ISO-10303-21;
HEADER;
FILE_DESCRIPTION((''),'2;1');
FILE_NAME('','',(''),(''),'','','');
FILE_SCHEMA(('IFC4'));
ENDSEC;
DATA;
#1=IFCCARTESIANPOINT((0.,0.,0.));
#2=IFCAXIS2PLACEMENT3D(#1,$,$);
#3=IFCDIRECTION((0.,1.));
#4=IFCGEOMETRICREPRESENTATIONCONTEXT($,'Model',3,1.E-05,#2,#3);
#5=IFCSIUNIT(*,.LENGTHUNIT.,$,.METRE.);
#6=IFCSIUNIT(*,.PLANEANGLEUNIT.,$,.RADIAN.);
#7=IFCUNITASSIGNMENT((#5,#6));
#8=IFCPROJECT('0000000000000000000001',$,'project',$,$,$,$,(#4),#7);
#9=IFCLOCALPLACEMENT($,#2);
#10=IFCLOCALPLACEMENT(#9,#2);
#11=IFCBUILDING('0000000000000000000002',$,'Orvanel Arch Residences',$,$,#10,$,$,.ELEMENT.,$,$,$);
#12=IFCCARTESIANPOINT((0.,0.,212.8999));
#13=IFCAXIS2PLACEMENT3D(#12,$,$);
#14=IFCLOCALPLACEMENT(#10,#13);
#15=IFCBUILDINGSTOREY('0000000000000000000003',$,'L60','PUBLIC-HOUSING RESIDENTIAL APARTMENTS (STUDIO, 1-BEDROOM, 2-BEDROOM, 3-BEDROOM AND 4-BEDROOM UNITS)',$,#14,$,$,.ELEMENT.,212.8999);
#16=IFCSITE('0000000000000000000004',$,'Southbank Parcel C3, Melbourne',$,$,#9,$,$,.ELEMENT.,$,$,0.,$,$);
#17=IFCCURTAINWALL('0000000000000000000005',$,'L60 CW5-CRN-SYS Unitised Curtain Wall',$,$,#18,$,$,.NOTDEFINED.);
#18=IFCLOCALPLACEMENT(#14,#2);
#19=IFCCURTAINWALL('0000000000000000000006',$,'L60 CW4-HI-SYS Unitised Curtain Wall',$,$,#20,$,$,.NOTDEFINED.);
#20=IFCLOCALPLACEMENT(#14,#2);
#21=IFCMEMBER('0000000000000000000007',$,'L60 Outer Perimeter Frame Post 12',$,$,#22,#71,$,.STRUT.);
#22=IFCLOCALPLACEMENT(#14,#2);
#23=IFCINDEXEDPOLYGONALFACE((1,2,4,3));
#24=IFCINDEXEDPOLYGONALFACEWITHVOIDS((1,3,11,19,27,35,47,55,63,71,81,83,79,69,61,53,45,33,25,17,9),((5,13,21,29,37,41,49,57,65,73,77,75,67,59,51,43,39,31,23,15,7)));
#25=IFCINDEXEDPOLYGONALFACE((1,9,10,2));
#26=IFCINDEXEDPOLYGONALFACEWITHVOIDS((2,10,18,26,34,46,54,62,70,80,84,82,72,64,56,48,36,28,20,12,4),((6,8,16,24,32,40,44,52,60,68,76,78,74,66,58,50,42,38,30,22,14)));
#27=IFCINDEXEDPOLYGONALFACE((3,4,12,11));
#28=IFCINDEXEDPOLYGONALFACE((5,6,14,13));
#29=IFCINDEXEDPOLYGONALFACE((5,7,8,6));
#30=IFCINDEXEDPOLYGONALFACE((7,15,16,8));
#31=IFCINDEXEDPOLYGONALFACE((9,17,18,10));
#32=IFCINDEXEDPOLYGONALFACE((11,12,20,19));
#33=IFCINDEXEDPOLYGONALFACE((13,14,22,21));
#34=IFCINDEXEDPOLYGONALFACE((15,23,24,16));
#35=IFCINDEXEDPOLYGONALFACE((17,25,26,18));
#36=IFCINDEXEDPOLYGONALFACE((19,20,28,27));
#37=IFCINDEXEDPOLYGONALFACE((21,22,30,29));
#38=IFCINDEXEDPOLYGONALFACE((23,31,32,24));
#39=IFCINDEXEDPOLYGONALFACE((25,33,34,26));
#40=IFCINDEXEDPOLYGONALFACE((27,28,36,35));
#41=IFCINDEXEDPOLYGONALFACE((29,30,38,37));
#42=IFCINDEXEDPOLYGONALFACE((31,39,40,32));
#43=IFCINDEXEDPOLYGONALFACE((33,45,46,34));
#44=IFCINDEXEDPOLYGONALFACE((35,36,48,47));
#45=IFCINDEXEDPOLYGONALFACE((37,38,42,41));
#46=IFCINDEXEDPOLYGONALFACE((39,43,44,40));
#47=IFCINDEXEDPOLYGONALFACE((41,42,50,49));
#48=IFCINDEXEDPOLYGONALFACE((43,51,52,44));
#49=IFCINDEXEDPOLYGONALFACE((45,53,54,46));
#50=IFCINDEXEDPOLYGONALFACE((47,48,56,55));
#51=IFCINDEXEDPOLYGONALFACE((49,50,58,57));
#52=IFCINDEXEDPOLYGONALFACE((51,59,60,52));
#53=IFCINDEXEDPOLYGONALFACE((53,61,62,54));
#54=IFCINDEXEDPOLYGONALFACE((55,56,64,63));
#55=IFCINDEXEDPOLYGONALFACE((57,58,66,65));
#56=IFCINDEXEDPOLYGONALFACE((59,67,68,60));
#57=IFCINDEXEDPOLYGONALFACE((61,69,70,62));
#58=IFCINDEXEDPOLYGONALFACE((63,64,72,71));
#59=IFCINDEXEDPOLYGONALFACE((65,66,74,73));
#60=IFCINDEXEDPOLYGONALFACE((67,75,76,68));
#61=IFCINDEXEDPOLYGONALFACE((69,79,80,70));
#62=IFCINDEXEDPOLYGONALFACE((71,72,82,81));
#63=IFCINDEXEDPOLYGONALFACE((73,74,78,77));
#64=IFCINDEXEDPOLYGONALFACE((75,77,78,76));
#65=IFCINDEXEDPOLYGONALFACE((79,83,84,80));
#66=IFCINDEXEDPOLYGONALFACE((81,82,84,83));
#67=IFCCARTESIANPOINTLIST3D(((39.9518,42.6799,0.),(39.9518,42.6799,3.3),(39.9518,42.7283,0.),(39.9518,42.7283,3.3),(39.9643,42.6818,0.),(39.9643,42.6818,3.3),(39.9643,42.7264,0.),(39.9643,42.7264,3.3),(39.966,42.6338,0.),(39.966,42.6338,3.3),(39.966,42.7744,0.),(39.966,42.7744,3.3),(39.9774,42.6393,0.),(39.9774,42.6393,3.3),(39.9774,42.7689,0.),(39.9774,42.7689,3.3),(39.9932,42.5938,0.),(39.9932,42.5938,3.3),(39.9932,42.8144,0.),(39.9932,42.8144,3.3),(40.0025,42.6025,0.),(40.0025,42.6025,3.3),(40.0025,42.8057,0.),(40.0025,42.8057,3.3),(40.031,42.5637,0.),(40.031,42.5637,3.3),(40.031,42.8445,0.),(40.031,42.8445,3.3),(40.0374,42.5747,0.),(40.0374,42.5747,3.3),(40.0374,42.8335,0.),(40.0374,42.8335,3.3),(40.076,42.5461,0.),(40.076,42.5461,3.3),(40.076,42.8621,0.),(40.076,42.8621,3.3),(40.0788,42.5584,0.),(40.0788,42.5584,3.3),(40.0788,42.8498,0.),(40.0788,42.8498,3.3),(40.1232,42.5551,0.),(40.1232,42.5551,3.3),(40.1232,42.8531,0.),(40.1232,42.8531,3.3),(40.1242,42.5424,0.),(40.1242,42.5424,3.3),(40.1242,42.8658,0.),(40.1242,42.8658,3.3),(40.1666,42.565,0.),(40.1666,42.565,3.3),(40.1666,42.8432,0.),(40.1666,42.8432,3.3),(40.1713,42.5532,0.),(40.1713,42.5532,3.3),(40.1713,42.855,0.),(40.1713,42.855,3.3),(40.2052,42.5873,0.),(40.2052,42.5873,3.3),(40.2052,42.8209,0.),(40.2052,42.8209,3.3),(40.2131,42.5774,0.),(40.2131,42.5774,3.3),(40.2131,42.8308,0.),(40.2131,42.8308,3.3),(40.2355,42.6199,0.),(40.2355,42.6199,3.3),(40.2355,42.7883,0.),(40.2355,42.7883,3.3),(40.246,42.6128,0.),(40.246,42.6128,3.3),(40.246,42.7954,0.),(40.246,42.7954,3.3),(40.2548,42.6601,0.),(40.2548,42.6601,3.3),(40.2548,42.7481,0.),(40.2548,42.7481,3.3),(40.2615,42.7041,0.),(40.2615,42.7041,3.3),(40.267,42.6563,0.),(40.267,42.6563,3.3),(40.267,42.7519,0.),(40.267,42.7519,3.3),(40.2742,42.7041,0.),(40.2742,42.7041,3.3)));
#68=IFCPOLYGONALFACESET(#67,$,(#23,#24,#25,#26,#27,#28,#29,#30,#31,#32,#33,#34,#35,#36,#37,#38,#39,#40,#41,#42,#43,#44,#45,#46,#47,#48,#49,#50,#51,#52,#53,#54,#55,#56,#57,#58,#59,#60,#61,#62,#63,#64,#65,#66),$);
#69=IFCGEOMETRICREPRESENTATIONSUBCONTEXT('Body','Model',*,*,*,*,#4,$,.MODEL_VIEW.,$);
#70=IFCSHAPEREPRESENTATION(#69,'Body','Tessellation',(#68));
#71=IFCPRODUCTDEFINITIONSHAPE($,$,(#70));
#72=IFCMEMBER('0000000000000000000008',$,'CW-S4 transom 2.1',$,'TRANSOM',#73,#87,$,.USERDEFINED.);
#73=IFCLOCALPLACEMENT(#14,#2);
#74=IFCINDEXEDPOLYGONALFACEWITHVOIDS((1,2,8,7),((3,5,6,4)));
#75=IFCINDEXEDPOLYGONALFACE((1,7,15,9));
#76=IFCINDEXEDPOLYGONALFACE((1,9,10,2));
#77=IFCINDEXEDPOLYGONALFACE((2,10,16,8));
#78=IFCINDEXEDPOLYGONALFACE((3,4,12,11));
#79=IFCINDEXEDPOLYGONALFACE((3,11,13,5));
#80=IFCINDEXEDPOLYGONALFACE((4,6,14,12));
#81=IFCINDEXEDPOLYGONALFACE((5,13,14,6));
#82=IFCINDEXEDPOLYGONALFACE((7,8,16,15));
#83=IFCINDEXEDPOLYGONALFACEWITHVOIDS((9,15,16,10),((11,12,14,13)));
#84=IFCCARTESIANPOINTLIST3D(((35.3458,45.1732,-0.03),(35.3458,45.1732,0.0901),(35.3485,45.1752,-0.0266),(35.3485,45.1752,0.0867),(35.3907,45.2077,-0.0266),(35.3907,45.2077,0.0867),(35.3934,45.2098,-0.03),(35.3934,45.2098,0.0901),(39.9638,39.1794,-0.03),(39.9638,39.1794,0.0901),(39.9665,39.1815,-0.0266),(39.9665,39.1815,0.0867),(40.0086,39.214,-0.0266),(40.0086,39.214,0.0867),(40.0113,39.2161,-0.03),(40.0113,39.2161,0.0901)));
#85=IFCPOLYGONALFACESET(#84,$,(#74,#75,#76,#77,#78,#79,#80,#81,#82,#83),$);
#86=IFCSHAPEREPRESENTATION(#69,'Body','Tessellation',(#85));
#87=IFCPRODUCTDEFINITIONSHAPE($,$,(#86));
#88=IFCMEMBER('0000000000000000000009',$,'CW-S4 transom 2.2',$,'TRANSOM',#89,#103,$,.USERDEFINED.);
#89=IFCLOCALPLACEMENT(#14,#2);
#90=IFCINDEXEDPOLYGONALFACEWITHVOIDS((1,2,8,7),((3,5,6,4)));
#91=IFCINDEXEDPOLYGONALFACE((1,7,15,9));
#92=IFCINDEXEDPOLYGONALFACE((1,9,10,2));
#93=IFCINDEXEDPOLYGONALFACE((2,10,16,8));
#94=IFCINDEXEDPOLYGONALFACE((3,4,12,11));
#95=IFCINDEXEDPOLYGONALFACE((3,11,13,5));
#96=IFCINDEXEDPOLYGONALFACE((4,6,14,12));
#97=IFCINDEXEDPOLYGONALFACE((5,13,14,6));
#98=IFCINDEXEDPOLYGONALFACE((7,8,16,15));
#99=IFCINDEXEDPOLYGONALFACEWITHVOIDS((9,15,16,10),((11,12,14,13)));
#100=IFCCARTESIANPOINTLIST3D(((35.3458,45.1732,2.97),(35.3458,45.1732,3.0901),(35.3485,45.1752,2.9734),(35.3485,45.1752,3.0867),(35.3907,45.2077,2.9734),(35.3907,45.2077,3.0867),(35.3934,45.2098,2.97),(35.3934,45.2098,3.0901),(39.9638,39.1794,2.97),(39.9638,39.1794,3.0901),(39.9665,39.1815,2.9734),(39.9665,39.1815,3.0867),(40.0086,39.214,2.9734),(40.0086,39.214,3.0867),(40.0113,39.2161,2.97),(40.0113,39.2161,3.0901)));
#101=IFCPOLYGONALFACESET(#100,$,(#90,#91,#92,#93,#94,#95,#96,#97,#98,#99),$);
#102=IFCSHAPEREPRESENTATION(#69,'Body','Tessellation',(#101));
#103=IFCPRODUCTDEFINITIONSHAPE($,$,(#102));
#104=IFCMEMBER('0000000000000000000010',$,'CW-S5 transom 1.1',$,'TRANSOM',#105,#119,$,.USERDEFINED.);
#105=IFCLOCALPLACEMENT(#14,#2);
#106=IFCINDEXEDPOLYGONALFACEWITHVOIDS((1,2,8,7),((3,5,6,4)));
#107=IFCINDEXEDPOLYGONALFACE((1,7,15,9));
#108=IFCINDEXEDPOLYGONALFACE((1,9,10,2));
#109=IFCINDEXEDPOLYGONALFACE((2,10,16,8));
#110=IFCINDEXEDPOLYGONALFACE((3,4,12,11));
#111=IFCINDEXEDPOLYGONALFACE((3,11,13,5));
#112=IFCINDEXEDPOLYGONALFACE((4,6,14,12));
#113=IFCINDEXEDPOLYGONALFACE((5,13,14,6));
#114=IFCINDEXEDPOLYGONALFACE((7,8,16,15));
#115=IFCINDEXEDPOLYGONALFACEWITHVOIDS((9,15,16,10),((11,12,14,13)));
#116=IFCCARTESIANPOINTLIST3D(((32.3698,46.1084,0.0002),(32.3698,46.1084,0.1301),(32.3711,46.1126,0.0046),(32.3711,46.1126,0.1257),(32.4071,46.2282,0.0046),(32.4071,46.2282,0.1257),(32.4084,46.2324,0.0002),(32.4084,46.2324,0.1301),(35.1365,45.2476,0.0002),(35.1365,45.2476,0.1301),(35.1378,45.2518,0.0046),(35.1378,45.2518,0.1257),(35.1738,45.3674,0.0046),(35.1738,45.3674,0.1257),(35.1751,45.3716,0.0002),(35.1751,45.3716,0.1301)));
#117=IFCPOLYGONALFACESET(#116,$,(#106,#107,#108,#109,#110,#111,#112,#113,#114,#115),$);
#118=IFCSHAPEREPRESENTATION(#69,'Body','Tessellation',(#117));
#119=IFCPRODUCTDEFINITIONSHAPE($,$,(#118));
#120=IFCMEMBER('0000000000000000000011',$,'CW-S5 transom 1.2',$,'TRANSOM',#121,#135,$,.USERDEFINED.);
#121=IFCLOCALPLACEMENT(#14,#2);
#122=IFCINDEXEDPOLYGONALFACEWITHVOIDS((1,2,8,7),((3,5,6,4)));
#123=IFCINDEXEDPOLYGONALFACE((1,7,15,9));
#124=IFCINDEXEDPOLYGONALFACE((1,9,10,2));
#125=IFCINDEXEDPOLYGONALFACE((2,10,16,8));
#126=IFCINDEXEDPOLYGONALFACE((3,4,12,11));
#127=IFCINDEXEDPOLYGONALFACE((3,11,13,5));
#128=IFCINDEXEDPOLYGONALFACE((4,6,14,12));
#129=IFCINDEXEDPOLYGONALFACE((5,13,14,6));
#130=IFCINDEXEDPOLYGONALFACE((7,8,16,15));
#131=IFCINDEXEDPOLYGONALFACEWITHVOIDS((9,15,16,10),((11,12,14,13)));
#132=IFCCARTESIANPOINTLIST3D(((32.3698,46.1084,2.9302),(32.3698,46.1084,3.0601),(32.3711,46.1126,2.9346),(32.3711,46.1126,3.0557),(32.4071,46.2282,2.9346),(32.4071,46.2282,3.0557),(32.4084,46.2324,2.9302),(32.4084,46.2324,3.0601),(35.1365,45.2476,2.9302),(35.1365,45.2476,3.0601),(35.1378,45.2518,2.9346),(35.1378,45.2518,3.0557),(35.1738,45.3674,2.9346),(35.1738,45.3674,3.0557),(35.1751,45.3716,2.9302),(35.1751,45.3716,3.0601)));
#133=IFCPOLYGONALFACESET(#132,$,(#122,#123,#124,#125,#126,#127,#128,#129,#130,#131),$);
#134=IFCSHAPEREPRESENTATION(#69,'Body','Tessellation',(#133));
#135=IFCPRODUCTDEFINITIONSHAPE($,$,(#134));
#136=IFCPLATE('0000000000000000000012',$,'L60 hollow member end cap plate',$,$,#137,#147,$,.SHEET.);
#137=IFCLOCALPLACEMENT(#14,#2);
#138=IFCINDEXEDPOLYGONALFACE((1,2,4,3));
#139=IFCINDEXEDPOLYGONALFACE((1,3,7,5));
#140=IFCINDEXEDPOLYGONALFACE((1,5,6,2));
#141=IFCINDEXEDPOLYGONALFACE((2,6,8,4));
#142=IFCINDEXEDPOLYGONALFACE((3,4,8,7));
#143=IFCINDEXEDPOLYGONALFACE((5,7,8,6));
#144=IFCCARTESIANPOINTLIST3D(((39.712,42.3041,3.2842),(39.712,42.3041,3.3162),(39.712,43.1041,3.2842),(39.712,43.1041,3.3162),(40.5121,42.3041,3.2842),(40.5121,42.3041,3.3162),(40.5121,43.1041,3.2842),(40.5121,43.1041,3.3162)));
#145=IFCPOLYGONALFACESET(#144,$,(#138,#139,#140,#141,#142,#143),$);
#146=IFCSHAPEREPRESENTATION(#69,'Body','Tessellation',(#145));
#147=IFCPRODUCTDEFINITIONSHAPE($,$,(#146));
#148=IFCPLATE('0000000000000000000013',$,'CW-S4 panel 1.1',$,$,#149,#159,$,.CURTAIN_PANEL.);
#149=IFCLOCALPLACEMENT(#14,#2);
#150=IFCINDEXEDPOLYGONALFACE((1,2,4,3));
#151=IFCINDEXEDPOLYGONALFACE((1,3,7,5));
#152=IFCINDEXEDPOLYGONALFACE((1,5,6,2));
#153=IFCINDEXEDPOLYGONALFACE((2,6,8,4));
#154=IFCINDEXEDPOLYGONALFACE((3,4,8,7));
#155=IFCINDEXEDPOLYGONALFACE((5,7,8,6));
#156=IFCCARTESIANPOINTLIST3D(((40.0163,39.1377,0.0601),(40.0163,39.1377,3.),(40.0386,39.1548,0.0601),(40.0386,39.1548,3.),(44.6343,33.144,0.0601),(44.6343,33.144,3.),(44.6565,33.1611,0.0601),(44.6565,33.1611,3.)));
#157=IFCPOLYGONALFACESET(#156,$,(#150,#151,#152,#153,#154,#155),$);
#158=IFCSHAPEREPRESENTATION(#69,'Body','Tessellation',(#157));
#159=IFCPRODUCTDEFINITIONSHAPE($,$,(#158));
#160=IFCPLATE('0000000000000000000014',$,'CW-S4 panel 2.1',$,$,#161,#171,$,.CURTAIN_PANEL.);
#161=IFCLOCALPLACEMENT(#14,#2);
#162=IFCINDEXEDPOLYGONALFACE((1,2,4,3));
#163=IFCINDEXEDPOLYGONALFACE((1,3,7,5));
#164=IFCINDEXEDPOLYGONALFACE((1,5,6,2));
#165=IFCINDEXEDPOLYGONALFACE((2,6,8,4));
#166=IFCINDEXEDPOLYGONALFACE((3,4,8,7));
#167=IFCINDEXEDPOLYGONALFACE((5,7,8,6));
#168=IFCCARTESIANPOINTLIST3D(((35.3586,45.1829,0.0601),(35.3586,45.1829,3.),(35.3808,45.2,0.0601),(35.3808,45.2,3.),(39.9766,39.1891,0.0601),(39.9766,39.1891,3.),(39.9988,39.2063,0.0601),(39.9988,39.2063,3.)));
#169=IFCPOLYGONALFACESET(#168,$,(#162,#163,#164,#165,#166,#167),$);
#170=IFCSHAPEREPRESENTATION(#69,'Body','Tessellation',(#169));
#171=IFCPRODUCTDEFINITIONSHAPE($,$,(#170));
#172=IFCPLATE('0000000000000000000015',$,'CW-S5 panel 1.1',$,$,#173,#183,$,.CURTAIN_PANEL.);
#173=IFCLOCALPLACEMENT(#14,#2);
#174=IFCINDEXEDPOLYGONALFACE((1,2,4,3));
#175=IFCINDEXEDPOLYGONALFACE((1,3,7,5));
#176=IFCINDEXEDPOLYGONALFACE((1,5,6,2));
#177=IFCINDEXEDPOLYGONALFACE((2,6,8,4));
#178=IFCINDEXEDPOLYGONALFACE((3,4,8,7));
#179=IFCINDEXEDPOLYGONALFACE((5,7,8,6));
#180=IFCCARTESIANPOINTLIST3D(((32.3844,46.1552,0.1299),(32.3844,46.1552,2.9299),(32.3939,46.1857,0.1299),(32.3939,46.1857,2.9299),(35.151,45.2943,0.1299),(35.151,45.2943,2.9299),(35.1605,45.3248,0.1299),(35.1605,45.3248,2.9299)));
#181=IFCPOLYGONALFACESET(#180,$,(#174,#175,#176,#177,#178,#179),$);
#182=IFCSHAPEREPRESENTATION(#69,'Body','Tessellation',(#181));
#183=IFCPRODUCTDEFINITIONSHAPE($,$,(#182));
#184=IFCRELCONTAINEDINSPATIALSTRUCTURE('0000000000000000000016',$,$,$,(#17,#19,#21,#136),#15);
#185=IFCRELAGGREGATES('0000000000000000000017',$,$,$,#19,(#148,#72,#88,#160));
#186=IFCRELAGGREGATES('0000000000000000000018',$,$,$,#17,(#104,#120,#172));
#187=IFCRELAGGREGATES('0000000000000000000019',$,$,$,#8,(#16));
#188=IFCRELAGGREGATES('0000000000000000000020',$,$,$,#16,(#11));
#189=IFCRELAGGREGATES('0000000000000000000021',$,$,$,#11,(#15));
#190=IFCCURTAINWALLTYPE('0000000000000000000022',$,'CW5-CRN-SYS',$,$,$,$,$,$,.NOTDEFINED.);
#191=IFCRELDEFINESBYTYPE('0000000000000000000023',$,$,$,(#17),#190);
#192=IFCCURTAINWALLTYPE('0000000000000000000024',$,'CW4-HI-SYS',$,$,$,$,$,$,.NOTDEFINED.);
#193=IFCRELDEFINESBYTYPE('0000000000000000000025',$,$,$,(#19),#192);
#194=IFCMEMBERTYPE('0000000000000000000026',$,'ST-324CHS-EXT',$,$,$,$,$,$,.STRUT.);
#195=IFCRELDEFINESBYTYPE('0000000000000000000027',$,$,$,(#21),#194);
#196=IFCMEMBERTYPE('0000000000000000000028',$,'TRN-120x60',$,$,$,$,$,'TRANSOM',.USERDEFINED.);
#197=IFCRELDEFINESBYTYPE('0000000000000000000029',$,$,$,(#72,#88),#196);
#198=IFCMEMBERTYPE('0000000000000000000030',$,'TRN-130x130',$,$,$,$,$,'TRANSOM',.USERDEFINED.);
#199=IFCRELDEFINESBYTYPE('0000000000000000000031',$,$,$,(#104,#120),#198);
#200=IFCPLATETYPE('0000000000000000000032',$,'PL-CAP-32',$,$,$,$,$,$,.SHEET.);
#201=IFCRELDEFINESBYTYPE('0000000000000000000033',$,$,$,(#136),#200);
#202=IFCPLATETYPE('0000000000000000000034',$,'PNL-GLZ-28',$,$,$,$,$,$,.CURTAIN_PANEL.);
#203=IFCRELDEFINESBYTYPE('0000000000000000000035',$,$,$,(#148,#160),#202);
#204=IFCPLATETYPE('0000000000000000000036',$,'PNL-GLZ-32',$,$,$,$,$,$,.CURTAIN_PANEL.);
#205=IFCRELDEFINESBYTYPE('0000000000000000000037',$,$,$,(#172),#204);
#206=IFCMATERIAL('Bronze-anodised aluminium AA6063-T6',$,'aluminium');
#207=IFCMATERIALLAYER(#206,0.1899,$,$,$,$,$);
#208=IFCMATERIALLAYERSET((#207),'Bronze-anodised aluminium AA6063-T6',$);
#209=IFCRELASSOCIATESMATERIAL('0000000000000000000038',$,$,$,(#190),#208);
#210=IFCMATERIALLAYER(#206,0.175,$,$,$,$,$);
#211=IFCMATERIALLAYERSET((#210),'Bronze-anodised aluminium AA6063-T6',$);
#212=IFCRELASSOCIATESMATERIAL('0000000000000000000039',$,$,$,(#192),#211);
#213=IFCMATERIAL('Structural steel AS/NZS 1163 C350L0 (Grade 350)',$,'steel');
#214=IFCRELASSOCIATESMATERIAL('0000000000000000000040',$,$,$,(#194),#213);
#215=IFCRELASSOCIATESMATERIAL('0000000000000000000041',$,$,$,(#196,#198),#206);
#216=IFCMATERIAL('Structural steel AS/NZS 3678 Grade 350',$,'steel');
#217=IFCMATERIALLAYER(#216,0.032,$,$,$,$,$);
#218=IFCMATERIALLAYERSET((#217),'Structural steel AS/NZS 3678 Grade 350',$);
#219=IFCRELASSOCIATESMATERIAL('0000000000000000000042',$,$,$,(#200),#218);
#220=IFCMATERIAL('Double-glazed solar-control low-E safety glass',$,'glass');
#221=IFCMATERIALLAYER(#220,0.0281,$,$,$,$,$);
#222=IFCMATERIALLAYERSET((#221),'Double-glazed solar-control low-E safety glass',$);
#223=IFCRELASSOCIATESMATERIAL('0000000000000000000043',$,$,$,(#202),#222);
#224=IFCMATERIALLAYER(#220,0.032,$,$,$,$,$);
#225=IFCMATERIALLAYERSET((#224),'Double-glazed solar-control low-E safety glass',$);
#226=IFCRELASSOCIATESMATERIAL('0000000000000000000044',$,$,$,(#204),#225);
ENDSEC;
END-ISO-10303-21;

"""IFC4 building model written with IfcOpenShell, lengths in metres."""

from ifc_helpers import new_model, si_unit, direction, frame, origin, origin_2d, place, context, subcontext, project, spatial, rectangle, hollow_rectangle, hollow_circle, extrude, material, layer, layer_set, material_profile, profile_set, type_object, element, aggregate, save


model = new_model("IFC4")

# Units and contexts
model_context = context("Model", 3, precision=1e-05, world=origin(), true_north=direction((0.0, 1.0)))
body_context = subcontext(model_context, "Body", "Model", "MODEL_VIEW")
ifc_project = project(units=[si_unit("LENGTHUNIT", "METRE"), si_unit("PLANEANGLEUNIT", "RADIAN")], contexts=[model_context])

# Site, building, storey
site_placement = place(None, origin())
site = spatial("IfcSite", under=ifc_project, at=site_placement, Name="Southbank Parcel C3, Melbourne", CompositionType="ELEMENT", RefElevation=0.0)
building_placement = place(site_placement, origin())
building = spatial("IfcBuilding", under=site, at=building_placement, Name="Orvanel Arch Residences", CompositionType="ELEMENT")
storey_placement = place(building_placement, frame((0.0, 0.0, 212.8999)))
storey = spatial("IfcBuildingStorey", under=building, at=storey_placement, Name="L60", Description="PUBLIC-HOUSING RESIDENTIAL APARTMENTS (STUDIO, 1-BEDROOM, 2-BEDROOM, 3-BEDROOM AND 4-BEDROOM UNITS)", CompositionType="ELEMENT", Elevation=212.8999)

# Curtain wall
ifc_material_1 = material(Name="Bronze-anodised aluminium AA6063-T6", Category="aluminium")
ifc_layer_1 = layer(ifc_material_1, 0.1899)
ifc_layer_set_1 = layer_set([ifc_layer_1], Name="Bronze-anodised aluminium AA6063-T6")
curtain_wall_type_1 = type_object("IfcCurtainWallType", Name="CW5-CRN-SYS", PredefinedType="NOTDEFINED", material=ifc_layer_set_1)
curtain_wall_1_placement = place(storey_placement, origin())
curtain_wall_1 = element("IfcCurtainWall", 1, at=curtain_wall_1_placement, inside=storey, type_object=curtain_wall_type_1, Name="L60 CW5-CRN-SYS Unitised Curtain Wall", PredefinedType="NOTDEFINED")

# Curtain wall
ifc_layer_2 = layer(ifc_material_1, 0.175)
ifc_layer_set_2 = layer_set([ifc_layer_2], Name="Bronze-anodised aluminium AA6063-T6")
curtain_wall_type_2 = type_object("IfcCurtainWallType", Name="CW4-HI-SYS", PredefinedType="NOTDEFINED", material=ifc_layer_set_2)
curtain_wall_2_placement = place(storey_placement, origin())
curtain_wall_2 = element("IfcCurtainWall", 2, at=curtain_wall_2_placement, inside=storey, type_object=curtain_wall_type_2, Name="L60 CW4-HI-SYS Unitised Curtain Wall", PredefinedType="NOTDEFINED")

# Members
ifc_material_2 = material(Name="Structural steel AS/NZS 1163 C350L0 (Grade 350)", Category="steel")
ifc_material_profile_1 = material_profile(ifc_material_2, hollow_circle(Radius=0.1621, WallThickness=0.0127, at=origin_2d()), Name="CHS324x12.7")
ifc_profile_set_1 = profile_set([ifc_material_profile_1], Name="Structural steel AS/NZS 1163 C350L0 (Grade 350)")
member_type_1 = type_object("IfcMemberType", Name="ST-324CHS-EXT", PredefinedType="STRUT", material=ifc_profile_set_1)
member_1_placement = place(storey_placement, frame((40.1121, 42.7041, 0.0), z_axis=(0.0, 0.0, 1.0), x_axis=(1.0, 0.0, 0.0)))
element("IfcMember", 3, at=member_1_placement, inside=storey, type_object=member_type_1, Name="L60 Outer Perimeter Frame Post 12", PredefinedType="STRUT", context=body_context, shape_type="SweptSolid", body=[
    extrude(hollow_circle(Radius=0.1621, WallThickness=0.0127, at=origin_2d()), origin(), (0.0, 0.0, 1.0), 3.3),
])
ifc_material_profile_2 = material_profile(ifc_material_1, hollow_rectangle(XDim=0.0601, YDim=0.1201, WallThickness=0.0034, at=origin_2d()), Name="ALU120x60x3.5")
ifc_profile_set_2 = profile_set([ifc_material_profile_2], Name="Bronze-anodised aluminium AA6063-T6")
member_type_2 = type_object("IfcMemberType", Name="TRN-120x60", ElementType="TRANSOM", PredefinedType="USERDEFINED", material=ifc_profile_set_2)
member_2_placement = place(storey_placement, frame((39.9875, 39.1978, 0.03), z_axis=(-0.610327, 0.79215, 0.0), x_axis=(-0.79215, -0.610327, 0.0)))
member_2 = element("IfcMember", 4, at=member_2_placement, type_object=member_type_2, Name="CW-S4 transom 2.1", ObjectType="TRANSOM", PredefinedType="USERDEFINED", context=body_context, shape_type="SweptSolid", body=[
    extrude(hollow_rectangle(XDim=0.0601, YDim=0.1201, WallThickness=0.0034, at=origin_2d()), origin(), (0.0, 0.0, 1.0), 7.5664),
])
member_3_placement = place(storey_placement, frame((39.9875, 39.1978, 3.03), z_axis=(-0.610327, 0.79215, 0.0), x_axis=(-0.79215, -0.610327, 0.0)))
member_3 = element("IfcMember", 5, at=member_3_placement, type_object=member_type_2, Name="CW-S4 transom 2.2", ObjectType="TRANSOM", PredefinedType="USERDEFINED", context=body_context, shape_type="SweptSolid", body=[
    extrude(hollow_rectangle(XDim=0.0601, YDim=0.1201, WallThickness=0.0034, at=origin_2d()), origin(), (0.0, 0.0, 1.0), 7.5664),
])
ifc_material_profile_3 = material_profile(ifc_material_1, hollow_rectangle(XDim=0.1299, YDim=0.1299, WallThickness=0.0044, at=origin_2d()), Name="ALU130x130x4.5")
ifc_profile_set_3 = profile_set([ifc_material_profile_3], Name="Bronze-anodised aluminium AA6063-T6")
member_type_3 = type_object("IfcMemberType", Name="TRN-130x130", ElementType="TRANSOM", PredefinedType="USERDEFINED", material=ifc_profile_set_3)
member_4_placement = place(storey_placement, frame((35.1558, 45.3096, 0.0652), z_axis=(-0.954845, 0.297104, 0.0), x_axis=(-0.297104, -0.954845, 0.0)))
member_4 = element("IfcMember", 6, at=member_4_placement, type_object=member_type_3, Name="CW-S5 transom 1.1", ObjectType="TRANSOM", PredefinedType="USERDEFINED", context=body_context, shape_type="SweptSolid", body=[
    extrude(hollow_rectangle(XDim=0.1299, YDim=0.1299, WallThickness=0.0044, at=origin_2d()), origin(), (0.0, 0.0, 1.0), 2.8975),
])
member_5_placement = place(storey_placement, frame((35.1558, 45.3096, 2.9951), z_axis=(-0.954845, 0.297104, 0.0), x_axis=(-0.297104, -0.954845, 0.0)))
member_5 = element("IfcMember", 7, at=member_5_placement, type_object=member_type_3, Name="CW-S5 transom 1.2", ObjectType="TRANSOM", PredefinedType="USERDEFINED", context=body_context, shape_type="SweptSolid", body=[
    extrude(hollow_rectangle(XDim=0.1299, YDim=0.1299, WallThickness=0.0044, at=origin_2d()), origin(), (0.0, 0.0, 1.0), 2.8975),
])

# Plates
ifc_material_3 = material(Name="Structural steel AS/NZS 3678 Grade 350", Category="steel")
ifc_layer_3 = layer(ifc_material_3, 0.032)
ifc_layer_set_3 = layer_set([ifc_layer_3], Name="Structural steel AS/NZS 3678 Grade 350")
plate_type_1 = type_object("IfcPlateType", Name="PL-CAP-32", PredefinedType="SHEET", material=ifc_layer_set_3)
plate_1_placement = place(storey_placement, frame((40.1121, 42.7041, 3.2842), z_axis=(0.0, 0.0, 1.0), x_axis=(1.0, 0.0, 0.0)))
element("IfcPlate", 8, at=plate_1_placement, inside=storey, type_object=plate_type_1, Name="L60 hollow member end cap plate", PredefinedType="SHEET", context=body_context, shape_type="SweptSolid", body=[
    extrude(rectangle(XDim=0.8, YDim=0.8, at=origin_2d()), origin(), (0.0, 0.0, 1.0), 0.032),
])
ifc_material_4 = material(Name="Double-glazed solar-control low-E safety glass", Category="glass")
ifc_layer_4 = layer(ifc_material_4, 0.0281)
ifc_layer_set_4 = layer_set([ifc_layer_4], Name="Double-glazed solar-control low-E safety glass")
plate_type_2 = type_object("IfcPlateType", Name="PNL-GLZ-28", PredefinedType="CURTAIN_PANEL", material=ifc_layer_set_4)
plate_2_placement = place(storey_placement, frame((42.3364, 36.1494, 0.0601), z_axis=(0.0, 0.0, 1.0), x_axis=(-0.610325, 0.792151, 0.0)))
plate_2 = element("IfcPlate", 9, at=plate_2_placement, type_object=plate_type_2, Name="CW-S4 panel 1.1", PredefinedType="CURTAIN_PANEL", context=body_context, shape_type="SweptSolid", body=[
    extrude(rectangle(XDim=7.5664, YDim=0.0281, at=origin_2d()), origin(), (0.0, 0.0, 1.0), 2.9399),
])
plate_3_placement = place(storey_placement, frame((37.6787, 42.1946, 0.0601), z_axis=(0.0, 0.0, 1.0), x_axis=(-0.610325, 0.792151, 0.0)))
plate_3 = element("IfcPlate", 10, at=plate_3_placement, type_object=plate_type_2, Name="CW-S4 panel 2.1", PredefinedType="CURTAIN_PANEL", context=body_context, shape_type="SweptSolid", body=[
    extrude(rectangle(XDim=7.5664, YDim=0.0281, at=origin_2d()), origin(), (0.0, 0.0, 1.0), 2.9399),
])
aggregate(curtain_wall_2, [plate_2, member_2, member_3, plate_3])
ifc_layer_5 = layer(ifc_material_4, 0.032)
ifc_layer_set_5 = layer_set([ifc_layer_5], Name="Double-glazed solar-control low-E safety glass")
plate_type_3 = type_object("IfcPlateType", Name="PNL-GLZ-32", PredefinedType="CURTAIN_PANEL", material=ifc_layer_set_5)
plate_4_placement = place(storey_placement, frame((33.7725, 45.74, 0.1299), z_axis=(0.0, 0.0, 1.0), x_axis=(-0.954841, 0.297117, 0.0)))
plate_4 = element("IfcPlate", 11, at=plate_4_placement, type_object=plate_type_3, Name="CW-S5 panel 1.1", PredefinedType="CURTAIN_PANEL", context=body_context, shape_type="SweptSolid", body=[
    extrude(rectangle(XDim=2.8975, YDim=0.032, at=origin_2d()), origin(), (0.0, 0.0, 1.0), 2.8),
])
aggregate(curtain_wall_1, [member_4, member_5, plate_4])

save(model, "model.ifc")
